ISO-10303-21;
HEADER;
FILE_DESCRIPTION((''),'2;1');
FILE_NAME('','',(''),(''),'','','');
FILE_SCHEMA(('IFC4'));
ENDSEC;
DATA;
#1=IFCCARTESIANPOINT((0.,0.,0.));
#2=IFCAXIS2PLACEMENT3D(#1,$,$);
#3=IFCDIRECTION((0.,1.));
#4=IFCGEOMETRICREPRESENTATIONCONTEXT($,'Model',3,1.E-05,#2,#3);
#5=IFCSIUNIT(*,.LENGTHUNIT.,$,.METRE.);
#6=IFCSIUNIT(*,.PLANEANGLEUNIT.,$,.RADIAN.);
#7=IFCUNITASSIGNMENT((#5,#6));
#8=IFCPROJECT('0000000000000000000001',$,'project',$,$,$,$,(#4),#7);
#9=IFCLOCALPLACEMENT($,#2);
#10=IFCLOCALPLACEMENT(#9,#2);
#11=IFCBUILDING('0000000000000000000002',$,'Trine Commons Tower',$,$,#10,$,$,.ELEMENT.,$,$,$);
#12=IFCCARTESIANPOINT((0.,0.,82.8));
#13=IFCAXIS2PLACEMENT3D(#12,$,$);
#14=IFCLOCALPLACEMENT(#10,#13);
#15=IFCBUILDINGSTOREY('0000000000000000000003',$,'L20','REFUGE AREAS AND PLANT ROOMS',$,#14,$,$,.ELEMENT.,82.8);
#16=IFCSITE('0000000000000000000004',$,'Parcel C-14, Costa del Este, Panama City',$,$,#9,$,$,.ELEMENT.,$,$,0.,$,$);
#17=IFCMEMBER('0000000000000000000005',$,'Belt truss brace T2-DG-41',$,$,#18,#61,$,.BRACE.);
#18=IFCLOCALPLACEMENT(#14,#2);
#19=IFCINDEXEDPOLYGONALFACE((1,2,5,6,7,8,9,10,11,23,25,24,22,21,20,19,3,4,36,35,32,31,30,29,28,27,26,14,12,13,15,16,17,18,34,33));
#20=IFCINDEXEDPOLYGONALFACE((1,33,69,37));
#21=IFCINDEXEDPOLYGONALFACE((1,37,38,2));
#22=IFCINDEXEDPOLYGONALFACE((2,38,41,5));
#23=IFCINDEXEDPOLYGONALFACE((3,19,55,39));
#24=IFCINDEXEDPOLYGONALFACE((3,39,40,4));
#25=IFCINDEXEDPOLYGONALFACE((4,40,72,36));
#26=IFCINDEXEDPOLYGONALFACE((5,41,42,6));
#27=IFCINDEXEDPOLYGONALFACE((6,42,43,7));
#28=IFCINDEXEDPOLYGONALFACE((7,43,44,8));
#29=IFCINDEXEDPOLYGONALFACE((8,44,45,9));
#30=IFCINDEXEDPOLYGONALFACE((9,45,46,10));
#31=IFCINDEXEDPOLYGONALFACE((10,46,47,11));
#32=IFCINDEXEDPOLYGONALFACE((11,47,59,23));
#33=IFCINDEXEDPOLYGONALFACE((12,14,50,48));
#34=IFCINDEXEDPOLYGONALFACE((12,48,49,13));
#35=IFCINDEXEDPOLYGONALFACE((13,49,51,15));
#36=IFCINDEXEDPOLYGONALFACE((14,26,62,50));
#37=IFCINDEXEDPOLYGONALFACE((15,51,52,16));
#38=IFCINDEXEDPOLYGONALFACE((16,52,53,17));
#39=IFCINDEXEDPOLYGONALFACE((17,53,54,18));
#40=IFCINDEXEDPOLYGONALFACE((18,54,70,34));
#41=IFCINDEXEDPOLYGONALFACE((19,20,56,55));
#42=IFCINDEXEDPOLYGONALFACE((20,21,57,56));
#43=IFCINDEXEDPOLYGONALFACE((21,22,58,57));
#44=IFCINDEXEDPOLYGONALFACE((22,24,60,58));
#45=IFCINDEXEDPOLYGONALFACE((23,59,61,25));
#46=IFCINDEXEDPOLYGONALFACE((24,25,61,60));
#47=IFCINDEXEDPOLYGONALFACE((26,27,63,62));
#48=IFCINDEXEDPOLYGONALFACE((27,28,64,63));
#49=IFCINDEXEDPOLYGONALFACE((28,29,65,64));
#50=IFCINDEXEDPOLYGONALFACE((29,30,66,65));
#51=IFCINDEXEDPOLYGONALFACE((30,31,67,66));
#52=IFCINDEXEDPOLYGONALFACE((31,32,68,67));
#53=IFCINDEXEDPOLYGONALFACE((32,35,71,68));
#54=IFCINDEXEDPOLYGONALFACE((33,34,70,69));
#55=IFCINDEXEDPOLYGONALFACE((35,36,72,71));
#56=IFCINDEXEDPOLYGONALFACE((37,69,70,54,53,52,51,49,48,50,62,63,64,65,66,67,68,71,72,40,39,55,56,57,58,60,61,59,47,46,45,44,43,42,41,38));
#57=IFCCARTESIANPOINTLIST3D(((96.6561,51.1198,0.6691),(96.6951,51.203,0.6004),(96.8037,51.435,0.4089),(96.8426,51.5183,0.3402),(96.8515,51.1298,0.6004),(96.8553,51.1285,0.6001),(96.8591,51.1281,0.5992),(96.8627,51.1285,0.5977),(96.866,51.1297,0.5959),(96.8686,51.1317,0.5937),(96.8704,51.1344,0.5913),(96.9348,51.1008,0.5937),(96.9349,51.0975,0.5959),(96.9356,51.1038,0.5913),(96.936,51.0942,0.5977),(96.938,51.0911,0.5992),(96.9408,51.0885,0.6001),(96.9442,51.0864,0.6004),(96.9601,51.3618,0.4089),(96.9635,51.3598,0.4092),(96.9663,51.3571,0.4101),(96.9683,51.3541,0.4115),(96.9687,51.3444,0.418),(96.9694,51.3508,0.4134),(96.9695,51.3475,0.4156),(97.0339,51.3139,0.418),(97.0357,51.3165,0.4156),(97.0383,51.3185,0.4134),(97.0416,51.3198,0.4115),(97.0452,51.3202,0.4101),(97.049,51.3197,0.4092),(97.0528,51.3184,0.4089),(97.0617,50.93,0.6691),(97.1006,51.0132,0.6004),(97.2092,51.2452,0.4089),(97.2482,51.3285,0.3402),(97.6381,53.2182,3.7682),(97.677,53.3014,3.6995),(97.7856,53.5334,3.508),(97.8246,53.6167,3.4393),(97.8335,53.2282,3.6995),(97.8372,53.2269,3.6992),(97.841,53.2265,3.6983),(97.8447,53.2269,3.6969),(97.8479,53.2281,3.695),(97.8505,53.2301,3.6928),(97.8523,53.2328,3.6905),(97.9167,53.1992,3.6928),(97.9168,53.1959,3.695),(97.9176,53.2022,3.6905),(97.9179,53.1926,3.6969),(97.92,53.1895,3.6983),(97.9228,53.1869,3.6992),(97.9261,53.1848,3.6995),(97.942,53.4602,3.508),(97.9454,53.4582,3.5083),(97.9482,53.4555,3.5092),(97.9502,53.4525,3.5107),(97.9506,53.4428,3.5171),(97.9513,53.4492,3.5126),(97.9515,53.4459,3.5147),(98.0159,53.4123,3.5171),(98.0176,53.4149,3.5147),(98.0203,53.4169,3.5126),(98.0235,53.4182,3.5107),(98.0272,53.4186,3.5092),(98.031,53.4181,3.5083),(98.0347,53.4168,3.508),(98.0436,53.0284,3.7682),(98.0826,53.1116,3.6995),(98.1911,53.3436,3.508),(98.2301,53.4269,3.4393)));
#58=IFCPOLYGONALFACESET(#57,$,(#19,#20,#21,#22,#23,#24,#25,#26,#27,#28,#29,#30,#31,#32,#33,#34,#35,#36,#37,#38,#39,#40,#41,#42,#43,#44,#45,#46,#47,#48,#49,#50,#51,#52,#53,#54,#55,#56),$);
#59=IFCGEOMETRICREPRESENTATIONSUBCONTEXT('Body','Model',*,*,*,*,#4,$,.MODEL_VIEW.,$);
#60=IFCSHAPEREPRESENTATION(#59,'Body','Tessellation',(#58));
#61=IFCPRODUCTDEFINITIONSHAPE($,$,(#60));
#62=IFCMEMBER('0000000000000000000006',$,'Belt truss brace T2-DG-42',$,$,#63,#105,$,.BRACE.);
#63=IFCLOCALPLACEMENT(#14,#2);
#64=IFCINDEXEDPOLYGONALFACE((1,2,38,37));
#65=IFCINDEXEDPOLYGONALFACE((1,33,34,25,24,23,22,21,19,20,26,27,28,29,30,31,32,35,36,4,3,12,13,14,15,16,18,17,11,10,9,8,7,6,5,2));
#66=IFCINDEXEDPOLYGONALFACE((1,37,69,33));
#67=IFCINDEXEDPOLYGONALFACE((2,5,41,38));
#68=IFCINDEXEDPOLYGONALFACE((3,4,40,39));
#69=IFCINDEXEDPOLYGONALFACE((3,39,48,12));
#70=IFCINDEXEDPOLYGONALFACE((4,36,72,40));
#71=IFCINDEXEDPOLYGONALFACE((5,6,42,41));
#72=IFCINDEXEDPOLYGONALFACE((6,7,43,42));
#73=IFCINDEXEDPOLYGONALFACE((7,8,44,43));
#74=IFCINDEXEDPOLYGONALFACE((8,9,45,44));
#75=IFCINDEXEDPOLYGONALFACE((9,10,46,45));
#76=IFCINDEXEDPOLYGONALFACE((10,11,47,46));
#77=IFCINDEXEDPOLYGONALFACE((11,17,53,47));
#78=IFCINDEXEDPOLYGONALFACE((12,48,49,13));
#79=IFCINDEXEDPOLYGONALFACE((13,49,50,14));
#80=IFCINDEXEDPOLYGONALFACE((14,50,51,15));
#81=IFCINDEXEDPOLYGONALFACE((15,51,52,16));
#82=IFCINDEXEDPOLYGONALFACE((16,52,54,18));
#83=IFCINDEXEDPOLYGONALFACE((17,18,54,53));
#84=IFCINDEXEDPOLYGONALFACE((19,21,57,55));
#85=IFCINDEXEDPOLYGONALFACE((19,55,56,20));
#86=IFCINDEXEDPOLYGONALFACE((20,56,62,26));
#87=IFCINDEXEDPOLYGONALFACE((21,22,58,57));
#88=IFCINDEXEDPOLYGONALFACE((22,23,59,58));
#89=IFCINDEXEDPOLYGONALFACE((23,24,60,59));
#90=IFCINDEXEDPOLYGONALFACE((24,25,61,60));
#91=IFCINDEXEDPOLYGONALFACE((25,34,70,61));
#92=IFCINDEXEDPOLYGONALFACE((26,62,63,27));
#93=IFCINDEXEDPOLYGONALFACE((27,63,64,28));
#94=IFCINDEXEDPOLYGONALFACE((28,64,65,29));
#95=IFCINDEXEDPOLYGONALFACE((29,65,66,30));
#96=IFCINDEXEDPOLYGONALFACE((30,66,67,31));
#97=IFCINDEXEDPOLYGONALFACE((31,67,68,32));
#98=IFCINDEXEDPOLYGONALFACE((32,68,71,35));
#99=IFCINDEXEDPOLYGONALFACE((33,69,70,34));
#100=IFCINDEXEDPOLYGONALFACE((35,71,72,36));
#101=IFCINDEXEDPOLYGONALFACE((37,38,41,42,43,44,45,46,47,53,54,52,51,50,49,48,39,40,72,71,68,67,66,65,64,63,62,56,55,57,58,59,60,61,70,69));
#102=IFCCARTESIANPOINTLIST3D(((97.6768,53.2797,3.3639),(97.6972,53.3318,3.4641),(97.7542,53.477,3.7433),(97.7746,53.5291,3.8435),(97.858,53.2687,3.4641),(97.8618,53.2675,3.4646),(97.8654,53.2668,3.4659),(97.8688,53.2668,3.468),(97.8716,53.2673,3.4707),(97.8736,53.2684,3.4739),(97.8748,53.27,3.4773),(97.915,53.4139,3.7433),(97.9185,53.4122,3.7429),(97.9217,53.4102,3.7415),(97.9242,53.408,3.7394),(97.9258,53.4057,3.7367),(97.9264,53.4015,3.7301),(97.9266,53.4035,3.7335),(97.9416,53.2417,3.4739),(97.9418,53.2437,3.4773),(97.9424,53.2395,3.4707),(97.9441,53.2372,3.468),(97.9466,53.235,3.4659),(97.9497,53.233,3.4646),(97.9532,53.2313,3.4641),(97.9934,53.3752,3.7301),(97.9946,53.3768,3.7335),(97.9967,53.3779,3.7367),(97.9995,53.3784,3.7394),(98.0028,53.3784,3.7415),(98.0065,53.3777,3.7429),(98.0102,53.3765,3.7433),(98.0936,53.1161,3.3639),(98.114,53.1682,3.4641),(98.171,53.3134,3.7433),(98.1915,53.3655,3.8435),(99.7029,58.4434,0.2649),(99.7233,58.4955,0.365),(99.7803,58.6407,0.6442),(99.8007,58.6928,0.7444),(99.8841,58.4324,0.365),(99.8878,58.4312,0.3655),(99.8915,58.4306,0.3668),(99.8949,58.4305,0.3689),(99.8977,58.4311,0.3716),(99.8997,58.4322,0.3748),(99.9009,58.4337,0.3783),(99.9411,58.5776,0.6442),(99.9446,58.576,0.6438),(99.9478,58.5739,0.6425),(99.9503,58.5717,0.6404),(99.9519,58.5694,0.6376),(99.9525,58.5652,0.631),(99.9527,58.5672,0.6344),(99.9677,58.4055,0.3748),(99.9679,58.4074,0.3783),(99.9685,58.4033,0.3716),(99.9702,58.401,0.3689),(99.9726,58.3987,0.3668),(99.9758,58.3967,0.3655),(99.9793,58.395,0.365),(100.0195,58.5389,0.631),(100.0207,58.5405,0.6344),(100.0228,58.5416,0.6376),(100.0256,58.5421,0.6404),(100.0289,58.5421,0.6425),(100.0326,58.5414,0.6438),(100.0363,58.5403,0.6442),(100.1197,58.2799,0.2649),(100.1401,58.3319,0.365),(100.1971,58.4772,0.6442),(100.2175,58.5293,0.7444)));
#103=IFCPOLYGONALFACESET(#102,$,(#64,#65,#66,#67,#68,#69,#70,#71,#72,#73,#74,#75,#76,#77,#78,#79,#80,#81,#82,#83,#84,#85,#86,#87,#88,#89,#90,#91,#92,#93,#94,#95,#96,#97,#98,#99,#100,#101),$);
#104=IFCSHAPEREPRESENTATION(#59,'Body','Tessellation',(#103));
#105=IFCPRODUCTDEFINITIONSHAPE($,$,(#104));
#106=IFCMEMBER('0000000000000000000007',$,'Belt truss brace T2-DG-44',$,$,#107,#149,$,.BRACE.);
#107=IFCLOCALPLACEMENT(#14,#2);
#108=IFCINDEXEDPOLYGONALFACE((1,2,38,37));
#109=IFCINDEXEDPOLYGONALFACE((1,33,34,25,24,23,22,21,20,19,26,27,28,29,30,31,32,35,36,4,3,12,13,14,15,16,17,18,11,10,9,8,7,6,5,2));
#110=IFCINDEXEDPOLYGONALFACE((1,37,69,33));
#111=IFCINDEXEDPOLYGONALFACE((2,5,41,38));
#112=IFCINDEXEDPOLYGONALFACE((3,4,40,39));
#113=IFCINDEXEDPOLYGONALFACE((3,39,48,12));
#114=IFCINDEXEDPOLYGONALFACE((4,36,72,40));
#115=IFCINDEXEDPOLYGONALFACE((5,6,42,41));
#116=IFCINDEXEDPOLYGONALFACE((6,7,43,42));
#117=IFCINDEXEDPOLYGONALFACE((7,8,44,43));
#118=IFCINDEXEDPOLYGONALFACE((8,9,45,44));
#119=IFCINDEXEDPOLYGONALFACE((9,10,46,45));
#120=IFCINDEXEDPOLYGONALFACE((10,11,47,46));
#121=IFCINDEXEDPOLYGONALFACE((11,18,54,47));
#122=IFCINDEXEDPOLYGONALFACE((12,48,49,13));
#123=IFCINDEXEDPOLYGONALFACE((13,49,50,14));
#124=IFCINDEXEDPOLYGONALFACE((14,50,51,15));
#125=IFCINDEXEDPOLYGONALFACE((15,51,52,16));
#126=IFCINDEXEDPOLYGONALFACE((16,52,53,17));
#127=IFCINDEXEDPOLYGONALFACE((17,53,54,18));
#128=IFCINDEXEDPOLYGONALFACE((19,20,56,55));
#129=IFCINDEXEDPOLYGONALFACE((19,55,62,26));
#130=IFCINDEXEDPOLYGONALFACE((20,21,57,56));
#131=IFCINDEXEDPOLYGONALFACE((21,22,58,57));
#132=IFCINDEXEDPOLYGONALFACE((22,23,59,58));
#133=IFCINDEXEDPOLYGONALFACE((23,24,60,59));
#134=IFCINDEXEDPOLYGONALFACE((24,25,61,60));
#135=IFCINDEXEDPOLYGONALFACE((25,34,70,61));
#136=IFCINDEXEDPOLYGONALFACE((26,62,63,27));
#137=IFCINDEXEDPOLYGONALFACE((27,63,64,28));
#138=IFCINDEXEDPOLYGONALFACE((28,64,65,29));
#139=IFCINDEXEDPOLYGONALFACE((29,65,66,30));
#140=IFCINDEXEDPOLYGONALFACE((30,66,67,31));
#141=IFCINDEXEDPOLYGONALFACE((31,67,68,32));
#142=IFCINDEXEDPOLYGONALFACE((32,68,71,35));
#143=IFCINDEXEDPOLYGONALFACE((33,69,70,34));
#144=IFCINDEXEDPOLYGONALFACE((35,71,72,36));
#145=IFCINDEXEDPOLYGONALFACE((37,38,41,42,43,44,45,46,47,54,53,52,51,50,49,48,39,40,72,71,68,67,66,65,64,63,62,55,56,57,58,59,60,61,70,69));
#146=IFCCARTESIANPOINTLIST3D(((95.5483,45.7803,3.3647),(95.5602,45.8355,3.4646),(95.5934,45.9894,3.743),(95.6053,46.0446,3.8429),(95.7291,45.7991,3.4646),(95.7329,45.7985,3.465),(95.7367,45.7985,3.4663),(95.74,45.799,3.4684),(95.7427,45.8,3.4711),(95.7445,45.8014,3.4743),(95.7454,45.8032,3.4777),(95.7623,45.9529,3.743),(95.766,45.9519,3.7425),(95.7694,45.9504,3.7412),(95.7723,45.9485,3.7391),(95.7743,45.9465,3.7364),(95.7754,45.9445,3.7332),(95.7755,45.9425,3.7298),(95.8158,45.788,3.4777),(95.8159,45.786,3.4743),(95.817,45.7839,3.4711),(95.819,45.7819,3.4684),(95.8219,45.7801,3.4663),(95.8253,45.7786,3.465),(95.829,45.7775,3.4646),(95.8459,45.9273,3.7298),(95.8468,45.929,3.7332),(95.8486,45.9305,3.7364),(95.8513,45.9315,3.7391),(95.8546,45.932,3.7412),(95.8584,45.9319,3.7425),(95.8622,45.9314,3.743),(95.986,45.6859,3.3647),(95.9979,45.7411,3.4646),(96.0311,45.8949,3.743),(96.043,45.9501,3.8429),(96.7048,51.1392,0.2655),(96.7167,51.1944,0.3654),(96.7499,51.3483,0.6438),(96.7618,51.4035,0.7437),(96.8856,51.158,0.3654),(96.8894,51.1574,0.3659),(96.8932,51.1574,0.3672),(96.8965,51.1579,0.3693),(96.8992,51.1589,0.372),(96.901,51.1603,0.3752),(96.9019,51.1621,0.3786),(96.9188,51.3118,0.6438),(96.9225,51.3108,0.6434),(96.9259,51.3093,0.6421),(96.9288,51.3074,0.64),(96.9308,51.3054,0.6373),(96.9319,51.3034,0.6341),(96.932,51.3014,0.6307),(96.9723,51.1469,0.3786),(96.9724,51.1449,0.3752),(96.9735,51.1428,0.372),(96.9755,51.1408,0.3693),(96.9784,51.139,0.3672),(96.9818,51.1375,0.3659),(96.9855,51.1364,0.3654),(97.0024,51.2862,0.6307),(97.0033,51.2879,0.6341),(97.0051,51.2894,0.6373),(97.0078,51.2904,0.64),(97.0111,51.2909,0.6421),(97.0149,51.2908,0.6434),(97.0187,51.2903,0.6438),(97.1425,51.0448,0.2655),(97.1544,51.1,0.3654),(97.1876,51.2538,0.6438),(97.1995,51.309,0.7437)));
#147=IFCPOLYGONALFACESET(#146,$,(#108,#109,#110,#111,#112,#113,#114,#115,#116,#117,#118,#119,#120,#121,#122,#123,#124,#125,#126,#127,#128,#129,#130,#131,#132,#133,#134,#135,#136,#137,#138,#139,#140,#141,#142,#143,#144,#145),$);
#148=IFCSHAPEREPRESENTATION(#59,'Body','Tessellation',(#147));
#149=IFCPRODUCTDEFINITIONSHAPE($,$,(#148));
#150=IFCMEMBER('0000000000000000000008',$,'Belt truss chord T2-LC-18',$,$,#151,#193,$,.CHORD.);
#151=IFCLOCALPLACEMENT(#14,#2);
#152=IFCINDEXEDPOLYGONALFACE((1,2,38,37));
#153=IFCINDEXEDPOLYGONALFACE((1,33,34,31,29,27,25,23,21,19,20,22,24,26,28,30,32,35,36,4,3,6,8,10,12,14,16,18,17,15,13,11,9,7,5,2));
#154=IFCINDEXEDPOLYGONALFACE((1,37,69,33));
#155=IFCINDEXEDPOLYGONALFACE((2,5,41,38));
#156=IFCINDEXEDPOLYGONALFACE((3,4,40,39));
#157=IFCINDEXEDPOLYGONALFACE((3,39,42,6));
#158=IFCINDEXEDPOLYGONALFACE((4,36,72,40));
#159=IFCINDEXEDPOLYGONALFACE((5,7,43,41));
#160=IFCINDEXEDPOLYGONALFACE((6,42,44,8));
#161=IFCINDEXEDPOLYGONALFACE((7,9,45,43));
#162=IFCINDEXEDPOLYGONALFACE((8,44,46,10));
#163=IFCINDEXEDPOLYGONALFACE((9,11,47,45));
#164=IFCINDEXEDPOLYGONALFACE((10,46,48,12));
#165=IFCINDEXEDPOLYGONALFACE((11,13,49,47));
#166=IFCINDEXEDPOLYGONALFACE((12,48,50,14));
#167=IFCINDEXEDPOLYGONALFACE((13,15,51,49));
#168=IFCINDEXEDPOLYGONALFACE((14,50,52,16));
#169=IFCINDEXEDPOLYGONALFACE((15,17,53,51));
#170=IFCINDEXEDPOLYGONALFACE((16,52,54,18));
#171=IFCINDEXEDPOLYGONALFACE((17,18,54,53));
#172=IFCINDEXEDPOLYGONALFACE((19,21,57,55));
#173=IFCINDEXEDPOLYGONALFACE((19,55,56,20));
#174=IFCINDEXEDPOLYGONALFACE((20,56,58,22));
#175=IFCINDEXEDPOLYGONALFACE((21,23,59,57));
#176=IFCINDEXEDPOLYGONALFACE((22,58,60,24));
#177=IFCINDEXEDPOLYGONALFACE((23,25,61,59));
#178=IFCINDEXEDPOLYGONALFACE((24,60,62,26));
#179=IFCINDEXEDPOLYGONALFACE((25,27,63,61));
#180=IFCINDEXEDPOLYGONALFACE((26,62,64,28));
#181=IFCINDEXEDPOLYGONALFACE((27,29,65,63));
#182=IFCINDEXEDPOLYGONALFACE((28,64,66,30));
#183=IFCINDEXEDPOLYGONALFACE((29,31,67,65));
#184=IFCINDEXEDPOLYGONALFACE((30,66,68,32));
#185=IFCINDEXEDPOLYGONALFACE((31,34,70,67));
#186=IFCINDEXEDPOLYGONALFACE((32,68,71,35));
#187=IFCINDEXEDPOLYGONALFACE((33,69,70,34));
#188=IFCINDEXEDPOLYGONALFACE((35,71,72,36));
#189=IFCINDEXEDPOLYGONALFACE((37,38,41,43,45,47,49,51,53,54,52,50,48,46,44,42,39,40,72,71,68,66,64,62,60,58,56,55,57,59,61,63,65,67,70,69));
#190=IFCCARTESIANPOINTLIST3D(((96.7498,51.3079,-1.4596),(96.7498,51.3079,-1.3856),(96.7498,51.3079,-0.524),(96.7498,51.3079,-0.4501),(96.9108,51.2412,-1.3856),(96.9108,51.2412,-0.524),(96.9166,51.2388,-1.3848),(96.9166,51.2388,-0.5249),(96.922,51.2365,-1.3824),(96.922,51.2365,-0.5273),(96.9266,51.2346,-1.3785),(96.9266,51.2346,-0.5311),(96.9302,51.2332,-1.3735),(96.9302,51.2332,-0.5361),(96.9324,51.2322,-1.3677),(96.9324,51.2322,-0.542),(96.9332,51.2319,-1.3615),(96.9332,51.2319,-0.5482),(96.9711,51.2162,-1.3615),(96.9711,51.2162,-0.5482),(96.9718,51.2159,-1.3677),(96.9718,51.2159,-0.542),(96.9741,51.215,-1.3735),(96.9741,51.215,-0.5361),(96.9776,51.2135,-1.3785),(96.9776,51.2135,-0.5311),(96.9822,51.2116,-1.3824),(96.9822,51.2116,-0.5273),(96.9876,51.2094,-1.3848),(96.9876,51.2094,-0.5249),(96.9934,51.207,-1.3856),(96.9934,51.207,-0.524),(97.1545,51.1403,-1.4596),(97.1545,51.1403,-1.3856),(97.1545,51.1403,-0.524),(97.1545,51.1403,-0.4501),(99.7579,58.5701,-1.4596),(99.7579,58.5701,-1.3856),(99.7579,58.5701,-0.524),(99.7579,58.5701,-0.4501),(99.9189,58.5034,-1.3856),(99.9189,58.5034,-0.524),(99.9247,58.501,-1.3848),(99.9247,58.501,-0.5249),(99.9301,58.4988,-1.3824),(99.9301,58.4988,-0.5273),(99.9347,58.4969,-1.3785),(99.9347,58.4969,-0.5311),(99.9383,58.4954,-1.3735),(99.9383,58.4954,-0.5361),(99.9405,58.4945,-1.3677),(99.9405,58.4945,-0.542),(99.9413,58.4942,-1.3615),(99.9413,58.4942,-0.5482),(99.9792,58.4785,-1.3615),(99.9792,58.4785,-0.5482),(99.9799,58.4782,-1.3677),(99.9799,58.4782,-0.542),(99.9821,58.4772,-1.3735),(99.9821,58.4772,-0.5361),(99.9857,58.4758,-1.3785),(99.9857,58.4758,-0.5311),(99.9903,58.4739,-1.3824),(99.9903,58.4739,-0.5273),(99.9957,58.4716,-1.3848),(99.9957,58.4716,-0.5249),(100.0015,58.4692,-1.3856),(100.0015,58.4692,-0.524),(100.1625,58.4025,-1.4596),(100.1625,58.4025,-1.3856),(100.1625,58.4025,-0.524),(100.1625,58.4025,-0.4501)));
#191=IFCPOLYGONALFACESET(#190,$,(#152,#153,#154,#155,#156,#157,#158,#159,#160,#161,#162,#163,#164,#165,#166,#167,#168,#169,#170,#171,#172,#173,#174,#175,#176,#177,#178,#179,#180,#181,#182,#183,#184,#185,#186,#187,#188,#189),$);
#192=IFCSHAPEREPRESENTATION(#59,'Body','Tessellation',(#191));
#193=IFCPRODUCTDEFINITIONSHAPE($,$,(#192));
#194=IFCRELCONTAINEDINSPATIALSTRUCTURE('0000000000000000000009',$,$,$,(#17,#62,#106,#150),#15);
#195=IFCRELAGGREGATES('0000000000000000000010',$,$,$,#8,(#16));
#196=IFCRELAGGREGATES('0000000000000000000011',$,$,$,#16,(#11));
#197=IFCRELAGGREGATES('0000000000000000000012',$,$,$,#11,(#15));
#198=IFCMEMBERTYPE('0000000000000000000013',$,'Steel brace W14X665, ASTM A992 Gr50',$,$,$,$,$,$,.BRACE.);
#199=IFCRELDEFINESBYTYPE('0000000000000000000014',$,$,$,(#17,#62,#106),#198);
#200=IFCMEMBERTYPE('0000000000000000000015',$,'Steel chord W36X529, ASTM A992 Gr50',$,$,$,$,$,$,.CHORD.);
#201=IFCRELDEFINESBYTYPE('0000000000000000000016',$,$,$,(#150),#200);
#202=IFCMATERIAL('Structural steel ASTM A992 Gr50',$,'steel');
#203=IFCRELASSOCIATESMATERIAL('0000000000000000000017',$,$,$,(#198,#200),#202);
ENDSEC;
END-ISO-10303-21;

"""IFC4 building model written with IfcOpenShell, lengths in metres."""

from ifc_helpers import new_model, si_unit, direction, frame, origin, origin_2d, place, context, subcontext, project, spatial, i_section, extrude, material, material_profile, profile_set, type_object, element, save


model = new_model("IFC4")

# Units and contexts
model_context = context("Model", 3, precision=1e-05, world=origin(), true_north=direction((0.0, 1.0)))
body_context = subcontext(model_context, "Body", "Model", "MODEL_VIEW")
ifc_project = project(units=[si_unit("LENGTHUNIT", "METRE"), si_unit("PLANEANGLEUNIT", "RADIAN")], contexts=[model_context])

# Site, building, storey
site_placement = place(None, origin())
site = spatial("IfcSite", under=ifc_project, at=site_placement, Name="Parcel C-14, Costa del Este, Panama City", CompositionType="ELEMENT", RefElevation=0.0)
building_placement = place(site_placement, origin())
building = spatial("IfcBuilding", under=site, at=building_placement, Name="Trine Commons Tower", CompositionType="ELEMENT")
storey_placement = place(building_placement, frame((0.0, 0.0, 82.8)))
storey = spatial("IfcBuildingStorey", under=building, at=storey_placement, Name="L20", Description="REFUGE AREAS AND PLANT ROOMS", CompositionType="ELEMENT", Elevation=82.8)

# Members
ifc_material_1 = material(Name="Structural steel ASTM A992 Gr50", Category="steel")
ifc_material_profile_1 = material_profile(ifc_material_1, i_section(OverallWidth=0.4478, OverallDepth=0.5493, WebThickness=0.072, FlangeThickness=0.1147, FilletRadius=0.0151, at=origin_2d()), Name="W14X665")
ifc_profile_set_1 = profile_set([ifc_material_profile_1], Name="Structural steel ASTM A992 Gr50")
member_type_1 = type_object("IfcMemberType", Name="Steel brace W14X665, ASTM A992 Gr50", PredefinedType="BRACE", material=ifc_profile_set_1)
member_1_placement = place(storey_placement, frame((96.9521, 51.2241, 0.5046), z_axis=(0.253771, 0.542308, 0.800938), x_axis=(-0.905738, 0.423837, 0.0)))
element("IfcMember", 1, at=member_1_placement, inside=storey, type_object=member_type_1, Name="Belt truss brace T2-DG-41", PredefinedType="BRACE", context=body_context, shape_type="SweptSolid", body=[
    extrude(i_section(OverallWidth=0.4478, OverallDepth=0.5493, WebThickness=0.072, FlangeThickness=0.1147, FilletRadius=0.0151, at=origin_2d()), origin(), (0.0, 0.0, 1.0), 3.8694),
])
member_2_placement = place(storey_placement, frame((99.9602, 58.4863, 0.5046), z_axis=(-0.318868, -0.812673, 0.487735), x_axis=(0.930906, -0.365259, 0.0)))
element("IfcMember", 2, at=member_2_placement, inside=storey, type_object=member_type_1, Name="Belt truss brace T2-DG-42", PredefinedType="BRACE", context=body_context, shape_type="SweptSolid", body=[
    extrude(i_section(OverallWidth=0.4478, OverallDepth=0.5493, WebThickness=0.072, FlangeThickness=0.1147, FilletRadius=0.0151, at=origin_2d()), origin(), (0.0, 0.0, 1.0), 6.354),
])
member_3_placement = place(storey_placement, frame((96.9521, 51.2241, 0.5046), z_axis=(-0.183641, -0.850942, 0.492112), x_axis=(0.977496, -0.210952, 0.0)))
element("IfcMember", 3, at=member_3_placement, inside=storey, type_object=member_type_1, Name="Belt truss brace T2-DG-44", PredefinedType="BRACE", context=body_context, shape_type="SweptSolid", body=[
    extrude(i_section(OverallWidth=0.4478, OverallDepth=0.5493, WebThickness=0.072, FlangeThickness=0.1147, FilletRadius=0.0151, at=origin_2d()), origin(), (0.0, 0.0, 1.0), 6.2976),
])
ifc_material_profile_2 = material_profile(ifc_material_1, i_section(OverallWidth=0.438, OverallDepth=1.0095, WebThickness=0.041, FlangeThickness=0.074, FilletRadius=0.0242, at=origin_2d()), Name="W36X529")
ifc_profile_set_2 = profile_set([ifc_material_profile_2], Name="Structural steel ASTM A992 Gr50")
member_type_2 = type_object("IfcMemberType", Name="Steel chord W36X529, ASTM A992 Gr50", PredefinedType="CHORD", material=ifc_profile_set_2)
member_4_placement = place(storey_placement, frame((99.9602, 58.4863, -0.9548), z_axis=(-0.382678, -0.923882, 0.0), x_axis=(0.923882, -0.382678, 0.0)))
element("IfcMember", 4, at=member_4_placement, inside=storey, type_object=member_type_2, Name="Belt truss chord T2-LC-18", PredefinedType="CHORD", context=body_context, shape_type="SweptSolid", body=[
    extrude(i_section(OverallWidth=0.438, OverallDepth=1.0095, WebThickness=0.041, FlangeThickness=0.074, FilletRadius=0.0242, at=origin_2d()), origin(), (0.0, 0.0, 1.0), 7.8606),
])

save(model, "model.ifc")
